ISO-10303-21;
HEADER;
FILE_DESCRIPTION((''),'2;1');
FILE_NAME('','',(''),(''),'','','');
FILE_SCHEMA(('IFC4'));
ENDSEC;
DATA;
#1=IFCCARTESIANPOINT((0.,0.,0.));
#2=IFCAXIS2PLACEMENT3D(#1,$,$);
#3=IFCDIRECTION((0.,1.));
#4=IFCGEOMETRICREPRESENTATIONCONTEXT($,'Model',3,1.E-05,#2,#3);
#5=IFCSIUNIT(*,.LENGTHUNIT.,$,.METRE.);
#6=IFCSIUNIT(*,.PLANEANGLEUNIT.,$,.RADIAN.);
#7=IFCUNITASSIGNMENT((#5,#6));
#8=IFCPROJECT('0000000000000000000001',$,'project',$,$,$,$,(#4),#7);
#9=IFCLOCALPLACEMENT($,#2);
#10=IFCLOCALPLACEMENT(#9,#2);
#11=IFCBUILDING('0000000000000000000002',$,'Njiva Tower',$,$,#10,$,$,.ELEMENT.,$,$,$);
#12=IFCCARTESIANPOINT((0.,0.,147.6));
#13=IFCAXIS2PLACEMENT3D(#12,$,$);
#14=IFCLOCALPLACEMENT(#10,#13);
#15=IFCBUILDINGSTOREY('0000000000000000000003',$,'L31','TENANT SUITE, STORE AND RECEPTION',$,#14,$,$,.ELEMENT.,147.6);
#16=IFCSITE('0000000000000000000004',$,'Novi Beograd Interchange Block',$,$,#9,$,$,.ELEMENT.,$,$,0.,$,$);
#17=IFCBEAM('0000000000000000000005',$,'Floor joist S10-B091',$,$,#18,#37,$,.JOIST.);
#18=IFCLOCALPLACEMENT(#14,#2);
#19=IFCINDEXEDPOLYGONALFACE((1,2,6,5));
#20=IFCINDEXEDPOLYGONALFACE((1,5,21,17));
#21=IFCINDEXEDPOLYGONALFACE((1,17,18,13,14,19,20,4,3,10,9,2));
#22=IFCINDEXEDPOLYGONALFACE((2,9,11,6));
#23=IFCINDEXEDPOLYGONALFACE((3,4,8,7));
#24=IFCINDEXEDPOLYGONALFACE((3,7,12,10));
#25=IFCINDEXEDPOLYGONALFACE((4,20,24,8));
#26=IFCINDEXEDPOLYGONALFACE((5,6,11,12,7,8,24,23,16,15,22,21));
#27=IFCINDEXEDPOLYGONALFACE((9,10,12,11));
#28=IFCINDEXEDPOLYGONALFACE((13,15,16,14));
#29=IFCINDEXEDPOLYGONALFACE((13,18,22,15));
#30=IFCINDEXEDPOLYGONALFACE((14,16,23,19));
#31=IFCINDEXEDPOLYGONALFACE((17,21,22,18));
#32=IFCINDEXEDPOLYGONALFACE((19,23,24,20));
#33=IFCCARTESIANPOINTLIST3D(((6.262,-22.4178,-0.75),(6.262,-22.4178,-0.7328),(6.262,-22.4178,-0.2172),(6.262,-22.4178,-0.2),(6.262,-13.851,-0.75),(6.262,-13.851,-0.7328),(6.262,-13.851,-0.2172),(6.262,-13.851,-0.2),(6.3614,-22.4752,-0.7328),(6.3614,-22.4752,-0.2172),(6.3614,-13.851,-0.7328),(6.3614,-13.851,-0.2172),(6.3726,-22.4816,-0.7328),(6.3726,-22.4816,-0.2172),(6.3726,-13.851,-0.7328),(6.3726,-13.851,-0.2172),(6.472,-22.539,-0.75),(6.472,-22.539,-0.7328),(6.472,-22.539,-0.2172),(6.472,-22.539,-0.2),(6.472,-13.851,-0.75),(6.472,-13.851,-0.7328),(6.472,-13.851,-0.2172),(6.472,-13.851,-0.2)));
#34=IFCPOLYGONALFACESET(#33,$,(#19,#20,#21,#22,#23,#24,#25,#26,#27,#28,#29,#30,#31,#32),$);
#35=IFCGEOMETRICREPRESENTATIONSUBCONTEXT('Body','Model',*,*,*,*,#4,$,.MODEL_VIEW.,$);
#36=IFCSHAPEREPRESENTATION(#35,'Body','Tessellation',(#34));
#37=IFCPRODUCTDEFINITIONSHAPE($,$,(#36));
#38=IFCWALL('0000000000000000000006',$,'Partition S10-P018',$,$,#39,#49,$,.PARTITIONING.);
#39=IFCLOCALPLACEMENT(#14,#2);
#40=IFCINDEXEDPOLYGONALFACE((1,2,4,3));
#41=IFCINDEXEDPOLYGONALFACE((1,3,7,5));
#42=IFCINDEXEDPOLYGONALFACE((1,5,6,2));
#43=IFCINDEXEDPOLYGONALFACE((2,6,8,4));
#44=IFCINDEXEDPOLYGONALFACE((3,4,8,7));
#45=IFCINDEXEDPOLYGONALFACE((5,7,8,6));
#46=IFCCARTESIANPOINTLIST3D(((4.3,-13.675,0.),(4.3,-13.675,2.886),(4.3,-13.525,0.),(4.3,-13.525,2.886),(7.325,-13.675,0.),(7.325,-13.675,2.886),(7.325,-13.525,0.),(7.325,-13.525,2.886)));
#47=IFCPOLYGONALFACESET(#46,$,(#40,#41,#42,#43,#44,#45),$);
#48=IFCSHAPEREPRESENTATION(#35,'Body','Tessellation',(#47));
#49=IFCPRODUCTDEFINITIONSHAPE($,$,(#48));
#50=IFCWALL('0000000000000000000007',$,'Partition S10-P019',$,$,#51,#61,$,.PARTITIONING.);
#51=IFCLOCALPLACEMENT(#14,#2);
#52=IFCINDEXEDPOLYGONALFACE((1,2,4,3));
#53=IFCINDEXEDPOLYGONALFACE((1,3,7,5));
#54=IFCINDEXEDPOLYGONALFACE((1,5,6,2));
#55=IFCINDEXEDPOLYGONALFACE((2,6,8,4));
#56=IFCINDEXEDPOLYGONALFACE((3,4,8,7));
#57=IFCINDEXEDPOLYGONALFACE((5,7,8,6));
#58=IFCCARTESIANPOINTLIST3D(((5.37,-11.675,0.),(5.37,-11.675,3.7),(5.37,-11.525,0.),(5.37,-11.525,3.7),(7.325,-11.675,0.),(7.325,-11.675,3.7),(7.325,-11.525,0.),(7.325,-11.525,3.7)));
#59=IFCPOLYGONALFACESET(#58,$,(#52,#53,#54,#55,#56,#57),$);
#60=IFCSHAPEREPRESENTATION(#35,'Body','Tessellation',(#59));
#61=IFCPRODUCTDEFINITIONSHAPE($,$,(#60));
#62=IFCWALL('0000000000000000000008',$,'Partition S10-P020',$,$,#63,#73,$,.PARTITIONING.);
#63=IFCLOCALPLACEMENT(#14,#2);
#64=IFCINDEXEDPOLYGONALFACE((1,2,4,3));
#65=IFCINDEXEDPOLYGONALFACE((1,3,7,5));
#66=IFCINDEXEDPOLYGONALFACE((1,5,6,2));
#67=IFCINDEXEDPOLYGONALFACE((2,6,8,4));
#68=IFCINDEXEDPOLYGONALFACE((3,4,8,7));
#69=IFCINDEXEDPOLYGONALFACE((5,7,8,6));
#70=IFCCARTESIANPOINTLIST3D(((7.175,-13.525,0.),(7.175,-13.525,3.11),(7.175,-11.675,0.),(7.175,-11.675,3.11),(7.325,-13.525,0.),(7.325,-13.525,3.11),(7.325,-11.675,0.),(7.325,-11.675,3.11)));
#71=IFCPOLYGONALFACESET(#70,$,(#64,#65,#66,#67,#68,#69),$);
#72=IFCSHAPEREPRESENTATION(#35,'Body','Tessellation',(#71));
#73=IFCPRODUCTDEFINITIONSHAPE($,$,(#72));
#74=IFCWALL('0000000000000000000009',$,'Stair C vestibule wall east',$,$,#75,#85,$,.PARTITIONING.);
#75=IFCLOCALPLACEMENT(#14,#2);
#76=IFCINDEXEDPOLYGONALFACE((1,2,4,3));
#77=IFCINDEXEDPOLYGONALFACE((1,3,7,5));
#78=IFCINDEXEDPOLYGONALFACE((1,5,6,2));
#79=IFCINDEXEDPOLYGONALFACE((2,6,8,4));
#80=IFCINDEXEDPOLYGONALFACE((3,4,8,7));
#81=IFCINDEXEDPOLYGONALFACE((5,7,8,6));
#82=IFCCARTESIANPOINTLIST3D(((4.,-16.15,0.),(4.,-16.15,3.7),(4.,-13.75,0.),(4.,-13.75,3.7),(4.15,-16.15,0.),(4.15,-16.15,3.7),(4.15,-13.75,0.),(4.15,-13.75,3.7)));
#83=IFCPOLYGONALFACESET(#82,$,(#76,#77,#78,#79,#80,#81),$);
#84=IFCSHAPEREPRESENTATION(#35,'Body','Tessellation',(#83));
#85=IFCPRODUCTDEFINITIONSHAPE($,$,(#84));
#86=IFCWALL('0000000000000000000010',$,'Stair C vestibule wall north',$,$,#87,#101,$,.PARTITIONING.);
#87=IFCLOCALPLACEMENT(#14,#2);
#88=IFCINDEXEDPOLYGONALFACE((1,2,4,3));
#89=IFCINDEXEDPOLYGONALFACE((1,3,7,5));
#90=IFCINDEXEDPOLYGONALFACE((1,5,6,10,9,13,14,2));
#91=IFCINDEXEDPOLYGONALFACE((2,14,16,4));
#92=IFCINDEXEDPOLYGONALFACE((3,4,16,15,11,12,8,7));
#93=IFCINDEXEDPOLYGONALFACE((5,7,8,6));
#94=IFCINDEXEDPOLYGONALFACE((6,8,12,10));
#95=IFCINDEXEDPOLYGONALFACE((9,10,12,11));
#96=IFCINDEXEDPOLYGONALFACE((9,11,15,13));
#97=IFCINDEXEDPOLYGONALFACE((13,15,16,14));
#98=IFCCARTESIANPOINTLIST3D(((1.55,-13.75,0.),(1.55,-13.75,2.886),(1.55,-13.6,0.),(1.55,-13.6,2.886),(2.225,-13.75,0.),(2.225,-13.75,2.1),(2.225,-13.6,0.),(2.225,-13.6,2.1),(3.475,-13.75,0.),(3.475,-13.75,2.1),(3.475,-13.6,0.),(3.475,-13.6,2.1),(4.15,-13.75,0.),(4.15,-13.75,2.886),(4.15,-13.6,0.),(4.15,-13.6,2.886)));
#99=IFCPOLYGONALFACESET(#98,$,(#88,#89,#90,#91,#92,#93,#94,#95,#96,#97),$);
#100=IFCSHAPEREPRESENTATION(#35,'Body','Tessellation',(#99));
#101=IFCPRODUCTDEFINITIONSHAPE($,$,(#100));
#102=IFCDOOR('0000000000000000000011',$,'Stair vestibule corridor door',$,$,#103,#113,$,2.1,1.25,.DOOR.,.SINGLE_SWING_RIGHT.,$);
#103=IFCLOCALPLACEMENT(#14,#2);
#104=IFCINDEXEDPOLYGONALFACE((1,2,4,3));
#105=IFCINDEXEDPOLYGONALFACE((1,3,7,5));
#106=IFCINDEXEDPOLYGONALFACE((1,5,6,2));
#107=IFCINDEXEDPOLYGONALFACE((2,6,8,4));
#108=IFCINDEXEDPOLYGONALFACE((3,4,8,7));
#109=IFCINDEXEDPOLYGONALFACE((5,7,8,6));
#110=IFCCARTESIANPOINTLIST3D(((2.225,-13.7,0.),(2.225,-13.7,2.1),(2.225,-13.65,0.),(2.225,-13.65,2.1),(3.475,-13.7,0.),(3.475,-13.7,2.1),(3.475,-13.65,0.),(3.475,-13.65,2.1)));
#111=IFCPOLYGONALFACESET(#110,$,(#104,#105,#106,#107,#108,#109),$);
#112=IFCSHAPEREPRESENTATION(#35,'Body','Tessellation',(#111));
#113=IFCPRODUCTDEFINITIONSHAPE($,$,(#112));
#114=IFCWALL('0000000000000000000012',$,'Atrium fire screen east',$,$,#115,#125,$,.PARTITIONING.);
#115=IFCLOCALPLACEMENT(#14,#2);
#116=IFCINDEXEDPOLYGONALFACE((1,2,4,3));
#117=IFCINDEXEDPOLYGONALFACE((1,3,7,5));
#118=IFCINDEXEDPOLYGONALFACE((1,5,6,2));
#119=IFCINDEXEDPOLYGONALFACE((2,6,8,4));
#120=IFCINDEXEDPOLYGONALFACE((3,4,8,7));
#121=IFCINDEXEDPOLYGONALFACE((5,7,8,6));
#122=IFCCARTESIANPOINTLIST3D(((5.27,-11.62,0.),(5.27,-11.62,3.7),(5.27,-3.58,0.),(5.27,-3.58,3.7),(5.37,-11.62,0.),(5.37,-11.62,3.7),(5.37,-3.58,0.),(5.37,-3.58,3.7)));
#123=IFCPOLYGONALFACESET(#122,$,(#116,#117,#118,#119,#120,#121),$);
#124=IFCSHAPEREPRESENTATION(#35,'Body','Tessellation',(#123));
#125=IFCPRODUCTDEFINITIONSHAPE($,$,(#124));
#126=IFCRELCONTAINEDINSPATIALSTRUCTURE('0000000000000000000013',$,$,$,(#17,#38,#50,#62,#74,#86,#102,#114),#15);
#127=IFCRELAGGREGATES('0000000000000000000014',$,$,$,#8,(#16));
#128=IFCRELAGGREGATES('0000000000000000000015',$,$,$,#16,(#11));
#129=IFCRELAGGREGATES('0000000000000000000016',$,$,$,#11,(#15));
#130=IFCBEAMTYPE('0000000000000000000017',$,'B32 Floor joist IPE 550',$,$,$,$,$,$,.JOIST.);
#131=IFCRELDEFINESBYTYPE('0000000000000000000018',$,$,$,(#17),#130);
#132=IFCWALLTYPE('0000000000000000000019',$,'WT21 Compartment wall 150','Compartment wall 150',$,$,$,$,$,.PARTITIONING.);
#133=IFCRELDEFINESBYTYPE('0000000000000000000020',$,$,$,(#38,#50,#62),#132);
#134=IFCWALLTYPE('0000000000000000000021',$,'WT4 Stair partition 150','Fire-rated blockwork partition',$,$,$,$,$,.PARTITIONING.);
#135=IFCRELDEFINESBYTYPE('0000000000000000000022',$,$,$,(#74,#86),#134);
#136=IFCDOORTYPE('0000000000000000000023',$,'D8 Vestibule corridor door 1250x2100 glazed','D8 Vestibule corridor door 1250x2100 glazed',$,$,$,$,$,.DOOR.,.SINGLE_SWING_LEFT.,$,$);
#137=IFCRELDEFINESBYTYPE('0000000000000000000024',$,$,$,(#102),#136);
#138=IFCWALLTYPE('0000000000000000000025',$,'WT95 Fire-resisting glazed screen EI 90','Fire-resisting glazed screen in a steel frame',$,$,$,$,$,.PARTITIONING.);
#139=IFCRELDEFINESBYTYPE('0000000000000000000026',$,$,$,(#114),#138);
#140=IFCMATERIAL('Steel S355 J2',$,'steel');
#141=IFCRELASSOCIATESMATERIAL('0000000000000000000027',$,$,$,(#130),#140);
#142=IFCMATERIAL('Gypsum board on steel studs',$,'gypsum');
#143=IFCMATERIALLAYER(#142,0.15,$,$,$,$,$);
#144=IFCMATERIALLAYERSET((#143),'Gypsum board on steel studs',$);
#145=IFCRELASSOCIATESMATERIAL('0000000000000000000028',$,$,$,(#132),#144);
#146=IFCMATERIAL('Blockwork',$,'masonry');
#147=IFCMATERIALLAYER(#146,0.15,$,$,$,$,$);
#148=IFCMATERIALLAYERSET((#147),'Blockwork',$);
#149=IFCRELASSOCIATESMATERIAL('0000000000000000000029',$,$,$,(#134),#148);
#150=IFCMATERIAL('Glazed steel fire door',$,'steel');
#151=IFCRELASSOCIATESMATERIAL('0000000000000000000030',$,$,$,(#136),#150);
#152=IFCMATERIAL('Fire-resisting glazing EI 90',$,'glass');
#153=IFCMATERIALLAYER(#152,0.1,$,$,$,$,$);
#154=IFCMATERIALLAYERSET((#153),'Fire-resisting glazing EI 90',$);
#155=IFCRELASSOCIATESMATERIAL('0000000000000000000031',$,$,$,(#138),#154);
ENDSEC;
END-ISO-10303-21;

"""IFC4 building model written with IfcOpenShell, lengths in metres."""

from ifc_helpers import new_model, si_unit, direction, frame, frame_2d, origin, origin_2d, place, context, subcontext, project, spatial, rectangle, i_section, extrude, clip, halfspace, material, layer, layer_set, material_profile, profile_set, type_object, element, fill, save


model = new_model("IFC4")

# Units and contexts
model_context = context("Model", 3, precision=1e-05, world=origin(), true_north=direction((0.0, 1.0)))
body_context = subcontext(model_context, "Body", "Model", "MODEL_VIEW")
ifc_project = project(units=[si_unit("LENGTHUNIT", "METRE"), si_unit("PLANEANGLEUNIT", "RADIAN")], contexts=[model_context])

# Site, building, storey
site_placement = place(None, origin())
site = spatial("IfcSite", under=ifc_project, at=site_placement, Name="Novi Beograd Interchange Block", CompositionType="ELEMENT", RefElevation=0.0)
building_placement = place(site_placement, origin())
building = spatial("IfcBuilding", under=site, at=building_placement, Name="Njiva Tower", CompositionType="ELEMENT")
storey_placement = place(building_placement, frame((0.0, 0.0, 147.6)))
storey = spatial("IfcBuildingStorey", under=building, at=storey_placement, Name="L31", Description="TENANT SUITE, STORE AND RECEPTION", CompositionType="ELEMENT", Elevation=147.6)

# Shared definitions
ifc_material_1 = material(Name="Steel S355 J2", Category="steel")

# Beam
ifc_material_profile_1 = material_profile(ifc_material_1, i_section(OverallWidth=0.21, OverallDepth=0.55, WebThickness=0.0111, FlangeThickness=0.0172, at=origin_2d()), Name="IPE 550")
ifc_profile_set_1 = profile_set([ifc_material_profile_1], Name="Steel S355 J2")
beam_type_1 = type_object("IfcBeamType", Name="B32 Floor joist IPE 550", PredefinedType="JOIST", material=ifc_profile_set_1)
beam_1_placement = place(storey_placement, frame((6.367, -13.851, -0.475), z_axis=(0.0, -1.0, 0.0), x_axis=(1.0, 0.0, 0.0)))
element("IfcBeam", 1, at=beam_1_placement, inside=storey, type_object=beam_type_1, Name="Floor joist S10-B091", PredefinedType="JOIST", context=body_context, shape_type="Clipping", body=[
    clip(extrude(i_section(OverallWidth=0.21, OverallDepth=0.55, WebThickness=0.0111, FlangeThickness=0.0172, at=origin_2d()), origin(), (0.0, 0.0, 1.0), 8.708), halfspace(frame((-0.0253, 0.0, 8.6128), z_axis=(-0.499998, 0.0, 0.866027), x_axis=(0.0, 1.0, 0.0)), False)),
])

# Walls
ifc_material_2 = material(Name="Gypsum board on steel studs", Category="gypsum")
ifc_layer_1 = layer(ifc_material_2, 0.15)
ifc_layer_set_1 = layer_set([ifc_layer_1], Name="Gypsum board on steel studs")
wall_type_1 = type_object("IfcWallType", Name="WT21 Compartment wall 150", Description="Compartment wall 150", PredefinedType="PARTITIONING", material=ifc_layer_set_1)
wall_1_placement = place(storey_placement, frame((4.3, -13.6, 0.0), z_axis=(0.0, 0.0, 1.0), x_axis=(1.0, 0.0, 0.0)))
element("IfcWall", 2, at=wall_1_placement, inside=storey, type_object=wall_type_1, Name="Partition S10-P018", PredefinedType="PARTITIONING", context=body_context, shape_type="SweptSolid", body=[
    extrude(rectangle(XDim=3.025, YDim=0.15, at=frame_2d((1.5125, 0.0))), origin(), (0.0, 0.0, 1.0), 2.886),
])
wall_2_placement = place(storey_placement, frame((5.37, -11.6, 0.0), z_axis=(0.0, 0.0, 1.0), x_axis=(1.0, 0.0, 0.0)))
element("IfcWall", 3, at=wall_2_placement, inside=storey, type_object=wall_type_1, Name="Partition S10-P019", PredefinedType="PARTITIONING", context=body_context, shape_type="SweptSolid", body=[
    extrude(rectangle(XDim=1.955, YDim=0.15, at=frame_2d((0.9775, 0.0))), origin(), (0.0, 0.0, 1.0), 3.7),
])
wall_3_placement = place(storey_placement, frame((7.25, -13.525, 0.0), z_axis=(0.0, 0.0, 1.0), x_axis=(0.0, 1.0, 0.0)))
element("IfcWall", 4, at=wall_3_placement, inside=storey, type_object=wall_type_1, Name="Partition S10-P020", PredefinedType="PARTITIONING", context=body_context, shape_type="SweptSolid", body=[
    extrude(rectangle(XDim=1.85, YDim=0.15, at=frame_2d((0.925, 0.0))), origin(), (0.0, 0.0, 1.0), 3.11),
])
ifc_material_3 = material(Name="Blockwork", Category="masonry")
ifc_layer_2 = layer(ifc_material_3, 0.15)
ifc_layer_set_2 = layer_set([ifc_layer_2], Name="Blockwork")
wall_type_2 = type_object("IfcWallType", Name="WT4 Stair partition 150", Description="Fire-rated blockwork partition", PredefinedType="PARTITIONING", material=ifc_layer_set_2)
wall_4_placement = place(storey_placement, frame((4.075, -16.15, 0.0), z_axis=(0.0, 0.0, 1.0), x_axis=(0.0, 1.0, 0.0)))
element("IfcWall", 5, at=wall_4_placement, inside=storey, type_object=wall_type_2, Name="Stair C vestibule wall east", PredefinedType="PARTITIONING", context=body_context, shape_type="SweptSolid", body=[
    extrude(rectangle(XDim=2.4, YDim=0.15, at=frame_2d((1.2, 0.0))), origin(), (0.0, 0.0, 1.0), 3.7),
])

# Wall, opening, door
wall_5_placement = place(storey_placement, frame((1.55, -13.675, 0.0), z_axis=(0.0, 0.0, 1.0), x_axis=(1.0, 0.0, 0.0)))
wall_5 = element("IfcWall", 6, at=wall_5_placement, inside=storey, type_object=wall_type_2, Name="Stair C vestibule wall north", PredefinedType="PARTITIONING", context=body_context, shape_type="SweptSolid", body=[
    extrude(rectangle(XDim=2.6, YDim=0.15, at=frame_2d((1.3, 0.0))), origin(), (0.0, 0.0, 1.0), 2.886),
])
opening_placement = place(wall_5_placement, frame((0.675, 0.0, 0.0)))
opening = element("IfcOpeningElement", 7, at=opening_placement, cuts=wall_5, PredefinedType="OPENING", context=body_context, shape_type="SweptSolid", body=[
    extrude(rectangle(XDim=1.25, YDim=2.1, at=frame_2d((0.625, 1.05))), frame((0.0, 0.085, 0.0), z_axis=(0.0, -1.0, 0.0), x_axis=(1.0, 0.0, 0.0)), (0.0, 0.0, 1.0), 0.17),
])
ifc_material_4 = material(Name="Glazed steel fire door", Category="steel")
door_type = type_object("IfcDoorType", Name="D8 Vestibule corridor door 1250x2100 glazed", Description="D8 Vestibule corridor door 1250x2100 glazed", OperationType="SINGLE_SWING_LEFT", PredefinedType="DOOR", material=ifc_material_4)
door_placement = place(opening_placement, origin())
door = element("IfcDoor", 8, at=door_placement, inside=storey, type_object=door_type, Name="Stair vestibule corridor door", OperationType="SINGLE_SWING_RIGHT", OverallHeight=2.1, OverallWidth=1.25, PredefinedType="DOOR", context=body_context, shape_type="SweptSolid", body=[
    extrude(rectangle(XDim=1.25, YDim=2.1, at=frame_2d((0.625, 1.05))), frame((0.0, 0.025, 0.0), z_axis=(0.0, -1.0, 0.0), x_axis=(1.0, 0.0, 0.0)), (0.0, 0.0, 1.0), 0.05),
])
fill(opening, door)

# Wall
ifc_material_5 = material(Name="Fire-resisting glazing EI 90", Category="glass")
ifc_layer_3 = layer(ifc_material_5, 0.1)
ifc_layer_set_3 = layer_set([ifc_layer_3], Name="Fire-resisting glazing EI 90")
wall_type_3 = type_object("IfcWallType", Name="WT95 Fire-resisting glazed screen EI 90", Description="Fire-resisting glazed screen in a steel frame", PredefinedType="PARTITIONING", material=ifc_layer_set_3)
wall_6_placement = place(storey_placement, frame((5.32, -11.62, 0.0), z_axis=(0.0, 0.0, 1.0), x_axis=(0.0, 1.0, 0.0)))
element("IfcWall", 9, at=wall_6_placement, inside=storey, type_object=wall_type_3, Name="Atrium fire screen east", PredefinedType="PARTITIONING", context=body_context, shape_type="SweptSolid", body=[
    extrude(rectangle(XDim=8.04, YDim=0.1, at=frame_2d((4.02, 0.0))), origin(), (0.0, 0.0, 1.0), 3.7),
])

save(model, "model.ifc")
